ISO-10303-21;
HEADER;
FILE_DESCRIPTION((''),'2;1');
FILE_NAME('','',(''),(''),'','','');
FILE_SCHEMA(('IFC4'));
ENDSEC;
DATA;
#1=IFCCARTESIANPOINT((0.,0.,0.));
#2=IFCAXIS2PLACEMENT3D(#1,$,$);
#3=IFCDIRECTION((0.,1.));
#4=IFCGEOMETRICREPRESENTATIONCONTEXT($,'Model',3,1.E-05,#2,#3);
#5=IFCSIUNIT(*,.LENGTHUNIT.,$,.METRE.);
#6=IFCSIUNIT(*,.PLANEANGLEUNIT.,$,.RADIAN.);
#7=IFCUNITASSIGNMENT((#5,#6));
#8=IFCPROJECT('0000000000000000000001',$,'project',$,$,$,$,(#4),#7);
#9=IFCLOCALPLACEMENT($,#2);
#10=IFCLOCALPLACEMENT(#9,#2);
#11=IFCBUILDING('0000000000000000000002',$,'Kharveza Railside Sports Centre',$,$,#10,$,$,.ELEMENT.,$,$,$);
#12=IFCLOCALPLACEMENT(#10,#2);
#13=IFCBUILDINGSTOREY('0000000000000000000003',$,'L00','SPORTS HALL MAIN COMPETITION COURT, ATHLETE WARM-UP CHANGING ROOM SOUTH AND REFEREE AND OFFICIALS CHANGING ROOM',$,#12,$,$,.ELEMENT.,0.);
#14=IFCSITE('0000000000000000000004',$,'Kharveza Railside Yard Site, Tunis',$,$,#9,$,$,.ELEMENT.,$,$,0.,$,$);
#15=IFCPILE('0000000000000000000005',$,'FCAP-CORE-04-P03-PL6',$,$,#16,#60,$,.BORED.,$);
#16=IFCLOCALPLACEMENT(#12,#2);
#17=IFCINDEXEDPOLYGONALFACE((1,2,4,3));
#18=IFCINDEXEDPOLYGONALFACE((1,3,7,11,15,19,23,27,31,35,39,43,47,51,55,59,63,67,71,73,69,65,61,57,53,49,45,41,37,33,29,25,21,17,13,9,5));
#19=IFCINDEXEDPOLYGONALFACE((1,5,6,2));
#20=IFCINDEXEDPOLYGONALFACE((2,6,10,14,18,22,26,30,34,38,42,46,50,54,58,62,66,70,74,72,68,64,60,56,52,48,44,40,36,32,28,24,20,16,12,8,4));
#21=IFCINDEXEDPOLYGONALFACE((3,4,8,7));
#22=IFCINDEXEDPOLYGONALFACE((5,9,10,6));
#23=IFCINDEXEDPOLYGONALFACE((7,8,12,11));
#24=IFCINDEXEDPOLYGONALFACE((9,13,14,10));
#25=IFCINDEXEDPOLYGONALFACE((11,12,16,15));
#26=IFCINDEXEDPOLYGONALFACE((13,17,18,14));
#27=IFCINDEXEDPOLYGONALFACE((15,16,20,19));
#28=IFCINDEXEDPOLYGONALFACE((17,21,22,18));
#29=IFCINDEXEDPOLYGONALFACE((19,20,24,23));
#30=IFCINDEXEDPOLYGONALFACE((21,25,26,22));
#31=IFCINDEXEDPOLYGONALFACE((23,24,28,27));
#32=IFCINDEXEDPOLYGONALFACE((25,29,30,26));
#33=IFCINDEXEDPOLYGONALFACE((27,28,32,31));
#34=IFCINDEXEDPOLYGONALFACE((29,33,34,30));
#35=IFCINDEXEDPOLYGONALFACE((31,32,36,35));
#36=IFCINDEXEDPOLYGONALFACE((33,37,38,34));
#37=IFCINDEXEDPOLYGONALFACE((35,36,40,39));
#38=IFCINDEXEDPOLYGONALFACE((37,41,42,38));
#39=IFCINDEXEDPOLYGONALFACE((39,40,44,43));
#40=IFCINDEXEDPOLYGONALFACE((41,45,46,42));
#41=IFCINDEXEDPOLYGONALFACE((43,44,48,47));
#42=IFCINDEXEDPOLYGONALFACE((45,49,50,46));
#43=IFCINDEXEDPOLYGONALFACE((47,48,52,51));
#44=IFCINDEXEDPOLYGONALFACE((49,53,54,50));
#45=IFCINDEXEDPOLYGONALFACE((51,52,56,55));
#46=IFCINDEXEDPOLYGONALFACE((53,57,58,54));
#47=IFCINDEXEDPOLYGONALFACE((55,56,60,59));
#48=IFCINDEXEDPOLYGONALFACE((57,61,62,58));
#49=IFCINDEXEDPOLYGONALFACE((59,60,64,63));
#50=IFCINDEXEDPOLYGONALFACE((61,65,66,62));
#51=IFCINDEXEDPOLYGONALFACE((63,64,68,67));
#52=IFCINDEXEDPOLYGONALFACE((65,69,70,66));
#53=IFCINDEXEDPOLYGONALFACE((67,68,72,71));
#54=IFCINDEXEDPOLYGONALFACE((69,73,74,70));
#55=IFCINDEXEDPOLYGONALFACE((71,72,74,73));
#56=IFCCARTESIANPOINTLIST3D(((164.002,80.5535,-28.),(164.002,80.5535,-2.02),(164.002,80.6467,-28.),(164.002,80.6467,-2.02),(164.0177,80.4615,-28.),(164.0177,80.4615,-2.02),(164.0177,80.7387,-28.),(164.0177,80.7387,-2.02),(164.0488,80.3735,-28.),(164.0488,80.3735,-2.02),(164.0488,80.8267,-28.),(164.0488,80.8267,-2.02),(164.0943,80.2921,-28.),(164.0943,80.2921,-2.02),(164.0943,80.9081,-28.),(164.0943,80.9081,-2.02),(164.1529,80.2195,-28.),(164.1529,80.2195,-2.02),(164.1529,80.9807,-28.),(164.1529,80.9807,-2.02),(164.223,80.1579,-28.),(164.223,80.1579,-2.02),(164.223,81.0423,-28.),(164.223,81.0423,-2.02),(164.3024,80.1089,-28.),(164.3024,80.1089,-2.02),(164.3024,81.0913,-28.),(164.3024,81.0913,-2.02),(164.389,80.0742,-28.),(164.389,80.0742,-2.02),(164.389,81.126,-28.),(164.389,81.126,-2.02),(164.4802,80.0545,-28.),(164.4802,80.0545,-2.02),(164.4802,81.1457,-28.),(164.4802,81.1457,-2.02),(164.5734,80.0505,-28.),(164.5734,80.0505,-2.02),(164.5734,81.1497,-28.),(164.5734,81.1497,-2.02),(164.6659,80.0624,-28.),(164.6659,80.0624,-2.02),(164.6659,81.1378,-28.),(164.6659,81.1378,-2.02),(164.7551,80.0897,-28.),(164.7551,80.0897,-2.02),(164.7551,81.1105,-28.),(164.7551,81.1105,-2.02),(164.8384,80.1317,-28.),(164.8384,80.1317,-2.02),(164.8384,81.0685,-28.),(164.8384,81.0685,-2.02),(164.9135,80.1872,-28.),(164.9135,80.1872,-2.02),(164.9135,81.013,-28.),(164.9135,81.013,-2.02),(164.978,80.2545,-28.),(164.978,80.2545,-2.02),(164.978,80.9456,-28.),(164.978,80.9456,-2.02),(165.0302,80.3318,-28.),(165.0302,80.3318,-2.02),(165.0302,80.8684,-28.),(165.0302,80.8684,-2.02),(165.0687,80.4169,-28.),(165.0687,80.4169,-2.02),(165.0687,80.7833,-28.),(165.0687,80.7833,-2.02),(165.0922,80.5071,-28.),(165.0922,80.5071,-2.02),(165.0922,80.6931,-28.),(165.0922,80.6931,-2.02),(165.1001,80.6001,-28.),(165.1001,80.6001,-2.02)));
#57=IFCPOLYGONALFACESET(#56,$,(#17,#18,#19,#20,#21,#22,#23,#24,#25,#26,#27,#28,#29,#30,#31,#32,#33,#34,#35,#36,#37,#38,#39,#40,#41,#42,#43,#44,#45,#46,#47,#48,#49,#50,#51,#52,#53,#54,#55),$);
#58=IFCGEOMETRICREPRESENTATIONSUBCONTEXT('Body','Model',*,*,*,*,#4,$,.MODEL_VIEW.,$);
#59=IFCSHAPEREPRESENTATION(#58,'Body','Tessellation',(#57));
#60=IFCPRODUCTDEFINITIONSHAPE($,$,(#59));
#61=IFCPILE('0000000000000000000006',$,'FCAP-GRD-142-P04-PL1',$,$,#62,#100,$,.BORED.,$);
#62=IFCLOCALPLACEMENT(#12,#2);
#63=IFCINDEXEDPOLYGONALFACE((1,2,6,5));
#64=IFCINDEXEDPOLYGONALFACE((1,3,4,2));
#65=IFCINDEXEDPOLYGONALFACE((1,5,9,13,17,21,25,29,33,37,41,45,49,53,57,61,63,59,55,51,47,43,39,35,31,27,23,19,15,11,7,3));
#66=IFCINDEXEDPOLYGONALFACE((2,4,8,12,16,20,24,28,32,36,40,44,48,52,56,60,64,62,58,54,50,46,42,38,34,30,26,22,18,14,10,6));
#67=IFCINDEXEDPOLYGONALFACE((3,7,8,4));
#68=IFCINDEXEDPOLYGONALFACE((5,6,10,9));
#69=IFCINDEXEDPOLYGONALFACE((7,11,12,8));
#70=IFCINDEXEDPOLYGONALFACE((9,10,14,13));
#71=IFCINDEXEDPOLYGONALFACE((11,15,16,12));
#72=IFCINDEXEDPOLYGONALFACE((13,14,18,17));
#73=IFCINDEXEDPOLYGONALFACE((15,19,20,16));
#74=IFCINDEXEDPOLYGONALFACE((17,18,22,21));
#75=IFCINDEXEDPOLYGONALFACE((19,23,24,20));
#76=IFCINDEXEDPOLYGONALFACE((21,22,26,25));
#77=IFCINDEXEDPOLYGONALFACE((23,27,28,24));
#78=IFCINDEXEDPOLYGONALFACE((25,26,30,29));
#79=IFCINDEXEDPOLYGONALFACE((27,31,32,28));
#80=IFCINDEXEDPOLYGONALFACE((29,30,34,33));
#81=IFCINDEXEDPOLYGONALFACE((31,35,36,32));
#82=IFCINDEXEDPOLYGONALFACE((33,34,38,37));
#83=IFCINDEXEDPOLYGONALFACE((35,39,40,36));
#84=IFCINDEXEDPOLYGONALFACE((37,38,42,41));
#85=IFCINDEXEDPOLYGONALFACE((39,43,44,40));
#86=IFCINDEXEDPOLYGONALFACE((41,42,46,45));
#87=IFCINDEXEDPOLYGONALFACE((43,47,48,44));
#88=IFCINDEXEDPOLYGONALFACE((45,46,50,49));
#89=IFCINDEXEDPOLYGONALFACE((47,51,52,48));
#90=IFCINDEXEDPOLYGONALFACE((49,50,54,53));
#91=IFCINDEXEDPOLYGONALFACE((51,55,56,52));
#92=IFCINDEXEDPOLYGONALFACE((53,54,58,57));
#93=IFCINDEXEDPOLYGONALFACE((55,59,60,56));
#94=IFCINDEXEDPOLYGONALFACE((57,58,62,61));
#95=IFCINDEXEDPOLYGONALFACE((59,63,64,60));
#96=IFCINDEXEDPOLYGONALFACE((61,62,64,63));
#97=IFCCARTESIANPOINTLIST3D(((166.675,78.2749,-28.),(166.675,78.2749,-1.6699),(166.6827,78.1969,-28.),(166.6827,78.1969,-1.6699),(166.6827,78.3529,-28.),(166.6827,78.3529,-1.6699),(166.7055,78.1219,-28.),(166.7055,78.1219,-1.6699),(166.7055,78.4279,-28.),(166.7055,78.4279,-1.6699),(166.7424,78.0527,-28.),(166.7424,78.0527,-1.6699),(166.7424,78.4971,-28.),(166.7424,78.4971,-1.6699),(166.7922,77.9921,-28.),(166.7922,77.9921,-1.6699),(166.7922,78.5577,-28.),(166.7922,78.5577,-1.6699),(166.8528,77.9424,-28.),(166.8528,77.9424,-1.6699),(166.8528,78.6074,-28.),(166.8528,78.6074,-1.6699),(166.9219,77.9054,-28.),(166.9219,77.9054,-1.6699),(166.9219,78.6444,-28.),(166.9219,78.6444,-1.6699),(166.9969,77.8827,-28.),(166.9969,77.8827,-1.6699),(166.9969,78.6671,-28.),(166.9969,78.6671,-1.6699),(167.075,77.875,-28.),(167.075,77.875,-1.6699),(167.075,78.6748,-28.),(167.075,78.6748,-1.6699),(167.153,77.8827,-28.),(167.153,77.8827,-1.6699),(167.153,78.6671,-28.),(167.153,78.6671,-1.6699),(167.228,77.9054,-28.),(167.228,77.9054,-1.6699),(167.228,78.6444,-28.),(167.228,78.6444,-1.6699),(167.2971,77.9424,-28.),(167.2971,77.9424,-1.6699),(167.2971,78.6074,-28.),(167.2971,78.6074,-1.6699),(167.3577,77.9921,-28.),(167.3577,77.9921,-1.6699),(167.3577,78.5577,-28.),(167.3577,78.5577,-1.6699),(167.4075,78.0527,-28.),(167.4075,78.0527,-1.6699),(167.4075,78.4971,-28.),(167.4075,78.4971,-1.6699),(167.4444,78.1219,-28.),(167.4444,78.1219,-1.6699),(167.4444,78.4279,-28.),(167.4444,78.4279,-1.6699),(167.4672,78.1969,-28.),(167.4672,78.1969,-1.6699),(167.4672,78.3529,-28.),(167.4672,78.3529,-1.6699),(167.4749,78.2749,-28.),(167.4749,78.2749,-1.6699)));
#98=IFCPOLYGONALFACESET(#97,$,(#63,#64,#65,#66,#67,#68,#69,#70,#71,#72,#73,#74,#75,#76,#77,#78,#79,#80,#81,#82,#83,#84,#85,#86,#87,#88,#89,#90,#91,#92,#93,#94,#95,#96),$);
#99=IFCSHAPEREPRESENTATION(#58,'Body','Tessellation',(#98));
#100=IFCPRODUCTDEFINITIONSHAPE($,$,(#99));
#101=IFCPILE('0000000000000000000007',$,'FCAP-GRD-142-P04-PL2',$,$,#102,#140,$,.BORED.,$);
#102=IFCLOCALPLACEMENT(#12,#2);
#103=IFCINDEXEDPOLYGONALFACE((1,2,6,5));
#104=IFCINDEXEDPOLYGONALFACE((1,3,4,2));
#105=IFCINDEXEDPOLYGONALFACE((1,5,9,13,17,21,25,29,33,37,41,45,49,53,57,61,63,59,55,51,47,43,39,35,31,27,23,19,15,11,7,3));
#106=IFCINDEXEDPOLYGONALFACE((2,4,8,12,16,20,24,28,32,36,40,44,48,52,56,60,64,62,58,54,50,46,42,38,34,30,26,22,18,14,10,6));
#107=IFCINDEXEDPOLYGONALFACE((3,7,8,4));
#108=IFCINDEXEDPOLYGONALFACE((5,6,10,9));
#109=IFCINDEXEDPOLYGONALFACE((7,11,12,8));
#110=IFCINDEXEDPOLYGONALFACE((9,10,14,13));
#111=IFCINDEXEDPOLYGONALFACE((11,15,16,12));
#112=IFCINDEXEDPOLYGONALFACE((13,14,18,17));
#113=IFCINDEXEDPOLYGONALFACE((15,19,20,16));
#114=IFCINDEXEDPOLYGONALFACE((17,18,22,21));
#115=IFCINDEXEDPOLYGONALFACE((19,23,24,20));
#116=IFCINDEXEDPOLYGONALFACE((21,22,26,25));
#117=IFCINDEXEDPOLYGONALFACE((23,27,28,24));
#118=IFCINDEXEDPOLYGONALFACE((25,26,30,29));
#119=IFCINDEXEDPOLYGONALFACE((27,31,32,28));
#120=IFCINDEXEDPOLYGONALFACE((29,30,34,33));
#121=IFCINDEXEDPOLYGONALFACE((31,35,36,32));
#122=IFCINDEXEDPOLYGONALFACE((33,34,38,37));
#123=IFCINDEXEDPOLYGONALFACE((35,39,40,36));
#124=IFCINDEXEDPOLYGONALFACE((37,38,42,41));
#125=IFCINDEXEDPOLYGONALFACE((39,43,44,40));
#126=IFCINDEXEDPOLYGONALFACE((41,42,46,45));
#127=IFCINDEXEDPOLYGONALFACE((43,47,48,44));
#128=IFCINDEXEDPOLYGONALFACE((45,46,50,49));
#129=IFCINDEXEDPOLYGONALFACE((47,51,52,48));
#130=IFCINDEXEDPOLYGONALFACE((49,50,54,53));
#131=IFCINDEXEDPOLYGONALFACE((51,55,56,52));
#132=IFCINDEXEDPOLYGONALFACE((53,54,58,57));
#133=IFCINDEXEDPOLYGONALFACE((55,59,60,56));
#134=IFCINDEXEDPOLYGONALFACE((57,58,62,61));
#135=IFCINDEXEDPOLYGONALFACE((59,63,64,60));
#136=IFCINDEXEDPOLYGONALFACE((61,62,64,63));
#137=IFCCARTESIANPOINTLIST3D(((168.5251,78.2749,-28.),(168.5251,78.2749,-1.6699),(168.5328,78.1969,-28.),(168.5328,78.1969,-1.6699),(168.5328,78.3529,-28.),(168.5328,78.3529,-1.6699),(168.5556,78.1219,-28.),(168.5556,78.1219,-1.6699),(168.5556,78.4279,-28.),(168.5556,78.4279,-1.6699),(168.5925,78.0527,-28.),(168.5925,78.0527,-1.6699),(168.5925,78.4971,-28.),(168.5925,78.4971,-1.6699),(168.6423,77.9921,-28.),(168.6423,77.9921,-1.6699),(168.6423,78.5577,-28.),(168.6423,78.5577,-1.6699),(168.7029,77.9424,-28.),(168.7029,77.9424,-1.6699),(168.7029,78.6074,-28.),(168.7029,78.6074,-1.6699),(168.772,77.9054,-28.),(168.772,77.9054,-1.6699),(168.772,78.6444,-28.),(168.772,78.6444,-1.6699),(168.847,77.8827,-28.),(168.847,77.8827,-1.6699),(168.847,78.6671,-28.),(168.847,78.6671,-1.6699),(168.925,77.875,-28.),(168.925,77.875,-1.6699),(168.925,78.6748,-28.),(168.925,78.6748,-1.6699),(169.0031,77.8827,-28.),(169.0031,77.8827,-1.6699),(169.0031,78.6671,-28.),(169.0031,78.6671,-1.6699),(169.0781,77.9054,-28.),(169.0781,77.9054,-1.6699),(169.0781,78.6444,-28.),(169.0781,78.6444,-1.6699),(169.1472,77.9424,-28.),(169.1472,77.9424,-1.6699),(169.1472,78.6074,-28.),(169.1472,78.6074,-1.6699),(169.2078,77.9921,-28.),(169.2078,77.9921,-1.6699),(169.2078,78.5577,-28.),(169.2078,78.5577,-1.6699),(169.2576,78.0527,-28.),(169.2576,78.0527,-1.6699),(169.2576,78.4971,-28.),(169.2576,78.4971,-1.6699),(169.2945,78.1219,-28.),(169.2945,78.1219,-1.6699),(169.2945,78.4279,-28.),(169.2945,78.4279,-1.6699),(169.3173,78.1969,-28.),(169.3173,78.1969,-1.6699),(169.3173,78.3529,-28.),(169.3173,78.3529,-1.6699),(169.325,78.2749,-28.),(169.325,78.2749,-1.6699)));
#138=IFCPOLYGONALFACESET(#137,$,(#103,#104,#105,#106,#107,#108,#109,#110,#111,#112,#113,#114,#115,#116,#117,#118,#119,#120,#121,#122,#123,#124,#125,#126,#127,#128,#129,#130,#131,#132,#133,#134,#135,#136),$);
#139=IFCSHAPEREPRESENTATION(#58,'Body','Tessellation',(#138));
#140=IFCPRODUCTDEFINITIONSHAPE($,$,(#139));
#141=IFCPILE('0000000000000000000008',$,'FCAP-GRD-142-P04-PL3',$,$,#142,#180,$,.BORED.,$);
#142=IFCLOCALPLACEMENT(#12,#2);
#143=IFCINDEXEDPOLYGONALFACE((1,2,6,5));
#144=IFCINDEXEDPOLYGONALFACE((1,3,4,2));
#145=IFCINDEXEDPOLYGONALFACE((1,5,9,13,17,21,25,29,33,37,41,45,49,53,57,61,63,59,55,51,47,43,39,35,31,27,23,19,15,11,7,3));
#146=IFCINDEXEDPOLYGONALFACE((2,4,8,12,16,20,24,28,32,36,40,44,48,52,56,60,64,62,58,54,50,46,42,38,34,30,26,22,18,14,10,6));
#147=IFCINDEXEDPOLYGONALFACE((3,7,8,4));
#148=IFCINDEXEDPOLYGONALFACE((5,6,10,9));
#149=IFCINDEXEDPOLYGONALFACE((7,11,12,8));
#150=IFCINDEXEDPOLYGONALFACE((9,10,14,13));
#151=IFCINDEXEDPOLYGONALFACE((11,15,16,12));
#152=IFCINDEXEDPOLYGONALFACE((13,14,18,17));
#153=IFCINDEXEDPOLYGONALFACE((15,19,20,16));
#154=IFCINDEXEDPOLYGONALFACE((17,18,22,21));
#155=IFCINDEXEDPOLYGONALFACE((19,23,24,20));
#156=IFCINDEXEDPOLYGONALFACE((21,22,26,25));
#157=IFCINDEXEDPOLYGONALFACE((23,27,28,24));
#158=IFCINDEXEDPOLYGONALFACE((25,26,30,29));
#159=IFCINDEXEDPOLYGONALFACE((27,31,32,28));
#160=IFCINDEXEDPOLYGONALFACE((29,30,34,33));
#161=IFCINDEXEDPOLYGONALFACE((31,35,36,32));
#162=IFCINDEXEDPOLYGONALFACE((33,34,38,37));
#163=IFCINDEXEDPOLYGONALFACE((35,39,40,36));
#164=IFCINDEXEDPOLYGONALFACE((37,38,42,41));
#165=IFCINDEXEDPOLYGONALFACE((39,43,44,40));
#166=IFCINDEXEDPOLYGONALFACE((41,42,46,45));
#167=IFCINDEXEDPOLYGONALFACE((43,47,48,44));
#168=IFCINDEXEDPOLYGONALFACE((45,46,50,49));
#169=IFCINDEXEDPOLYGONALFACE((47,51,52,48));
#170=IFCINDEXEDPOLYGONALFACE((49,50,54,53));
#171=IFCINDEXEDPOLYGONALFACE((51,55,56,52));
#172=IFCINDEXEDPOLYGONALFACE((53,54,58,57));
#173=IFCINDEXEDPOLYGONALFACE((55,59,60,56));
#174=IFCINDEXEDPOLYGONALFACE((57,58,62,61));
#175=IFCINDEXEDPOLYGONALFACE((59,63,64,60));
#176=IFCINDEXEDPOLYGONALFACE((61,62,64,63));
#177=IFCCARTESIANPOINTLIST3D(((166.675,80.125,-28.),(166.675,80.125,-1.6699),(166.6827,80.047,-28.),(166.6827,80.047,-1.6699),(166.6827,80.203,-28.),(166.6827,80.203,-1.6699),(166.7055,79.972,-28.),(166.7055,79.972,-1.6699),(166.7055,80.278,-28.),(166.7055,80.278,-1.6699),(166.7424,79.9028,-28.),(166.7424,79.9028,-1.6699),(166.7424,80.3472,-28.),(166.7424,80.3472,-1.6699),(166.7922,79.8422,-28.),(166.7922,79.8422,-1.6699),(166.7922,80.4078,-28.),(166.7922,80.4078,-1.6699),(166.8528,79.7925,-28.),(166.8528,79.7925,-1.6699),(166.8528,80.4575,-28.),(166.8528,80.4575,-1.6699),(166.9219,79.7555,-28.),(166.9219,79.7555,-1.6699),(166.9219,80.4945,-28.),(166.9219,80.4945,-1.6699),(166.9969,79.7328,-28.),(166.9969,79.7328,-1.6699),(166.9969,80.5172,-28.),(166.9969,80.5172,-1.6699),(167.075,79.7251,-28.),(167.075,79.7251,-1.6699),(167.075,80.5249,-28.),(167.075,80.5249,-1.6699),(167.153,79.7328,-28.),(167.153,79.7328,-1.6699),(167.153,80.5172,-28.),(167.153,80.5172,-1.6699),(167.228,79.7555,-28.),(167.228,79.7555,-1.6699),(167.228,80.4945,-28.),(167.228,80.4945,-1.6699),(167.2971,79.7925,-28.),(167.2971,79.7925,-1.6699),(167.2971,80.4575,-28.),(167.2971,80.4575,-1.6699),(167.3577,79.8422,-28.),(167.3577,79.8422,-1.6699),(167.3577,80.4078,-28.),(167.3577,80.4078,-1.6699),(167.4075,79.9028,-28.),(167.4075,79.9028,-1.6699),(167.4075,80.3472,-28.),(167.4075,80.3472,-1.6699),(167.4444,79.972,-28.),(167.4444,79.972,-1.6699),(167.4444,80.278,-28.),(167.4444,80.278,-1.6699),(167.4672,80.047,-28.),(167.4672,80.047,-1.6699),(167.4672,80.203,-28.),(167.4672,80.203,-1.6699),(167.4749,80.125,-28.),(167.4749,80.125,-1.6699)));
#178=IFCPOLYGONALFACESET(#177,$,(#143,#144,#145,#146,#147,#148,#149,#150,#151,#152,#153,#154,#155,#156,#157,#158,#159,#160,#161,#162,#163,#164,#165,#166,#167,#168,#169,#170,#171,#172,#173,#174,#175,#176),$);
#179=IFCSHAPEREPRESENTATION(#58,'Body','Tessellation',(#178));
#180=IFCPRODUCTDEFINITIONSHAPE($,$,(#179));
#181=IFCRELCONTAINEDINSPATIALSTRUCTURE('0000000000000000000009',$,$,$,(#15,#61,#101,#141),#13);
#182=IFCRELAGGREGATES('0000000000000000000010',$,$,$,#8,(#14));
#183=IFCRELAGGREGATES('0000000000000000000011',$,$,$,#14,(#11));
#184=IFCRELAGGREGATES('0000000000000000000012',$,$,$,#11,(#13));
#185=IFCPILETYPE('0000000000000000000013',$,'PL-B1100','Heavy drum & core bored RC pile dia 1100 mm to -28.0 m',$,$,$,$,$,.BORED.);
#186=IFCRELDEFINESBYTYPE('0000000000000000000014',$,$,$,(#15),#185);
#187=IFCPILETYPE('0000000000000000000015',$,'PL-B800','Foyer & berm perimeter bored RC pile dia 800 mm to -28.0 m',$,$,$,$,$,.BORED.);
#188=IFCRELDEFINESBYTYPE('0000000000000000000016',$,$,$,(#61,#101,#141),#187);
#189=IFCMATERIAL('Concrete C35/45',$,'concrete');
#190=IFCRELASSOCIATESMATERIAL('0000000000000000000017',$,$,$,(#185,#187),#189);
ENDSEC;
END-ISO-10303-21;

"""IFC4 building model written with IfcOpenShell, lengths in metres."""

from ifc_helpers import new_model, si_unit, direction, frame, origin, origin_2d, place, context, subcontext, project, spatial, circle, extrude, material, material_profile, profile_set, type_object, element, save


model = new_model("IFC4")

# Units and contexts
model_context = context("Model", 3, precision=1e-05, world=origin(), true_north=direction((0.0, 1.0)))
body_context = subcontext(model_context, "Body", "Model", "MODEL_VIEW")
ifc_project = project(units=[si_unit("LENGTHUNIT", "METRE"), si_unit("PLANEANGLEUNIT", "RADIAN")], contexts=[model_context])

# Site, building, storey
site_placement = place(None, origin())
site = spatial("IfcSite", under=ifc_project, at=site_placement, Name="Kharveza Railside Yard Site, Tunis", CompositionType="ELEMENT", RefElevation=0.0)
building_placement = place(site_placement, origin())
building = spatial("IfcBuilding", under=site, at=building_placement, Name="Kharveza Railside Sports Centre", CompositionType="ELEMENT")
storey_placement = place(building_placement, origin())
storey = spatial("IfcBuildingStorey", under=building, at=storey_placement, Name="L00", Description="SPORTS HALL MAIN COMPETITION COURT, ATHLETE WARM-UP CHANGING ROOM SOUTH AND REFEREE AND OFFICIALS CHANGING ROOM", CompositionType="ELEMENT", Elevation=0.0)

# Shared definitions
ifc_material_1 = material(Name="Concrete C35/45", Category="concrete")

# Piles
ifc_material_profile_1 = material_profile(ifc_material_1, circle(Radius=0.55, at=origin_2d()), Name="PILE D1100")
ifc_profile_set_1 = profile_set([ifc_material_profile_1], Name="Concrete C35/45")
pile_type_1 = type_object("IfcPileType", Name="PL-B1100", Description="Heavy drum & core bored RC pile dia 1100 mm to -28.0 m", PredefinedType="BORED", material=ifc_profile_set_1)
for number, where, z_axis, x_axis, name in (
    (1, (164.55, 80.6001, -2.02), (0.0, 0.0, -1.0), (1.0, 0.0, 0.0), "FCAP-CORE-04-P03-PL6"),
):
    element("IfcPile", number, at=place(storey_placement, frame(where, z_axis=z_axis, x_axis=x_axis)), inside=storey, type_object=pile_type_1, Name=name, PredefinedType="BORED", context=body_context, shape_type="SweptSolid", body=[
        extrude(circle(Radius=0.55, at=origin_2d()), origin(), (0.0, 0.0, 1.0), 25.98),
    ])
ifc_material_profile_2 = material_profile(ifc_material_1, circle(Radius=0.3999, at=origin_2d()), Name="PILE D800")
ifc_profile_set_2 = profile_set([ifc_material_profile_2], Name="Concrete C35/45")
pile_type_2 = type_object("IfcPileType", Name="PL-B800", Description="Foyer & berm perimeter bored RC pile dia 800 mm to -28.0 m", PredefinedType="BORED", material=ifc_profile_set_2)
for number, where, z_axis, x_axis, name in (
    (2, (167.075, 78.2749, -1.6699), (0.0, 0.0, -1.0), (1.0, 0.0, 0.0), "FCAP-GRD-142-P04-PL1"),
    (3, (168.925, 78.2749, -1.6699), (0.0, 0.0, -1.0), (1.0, 0.0, 0.0), "FCAP-GRD-142-P04-PL2"),
    (4, (167.075, 80.125, -1.6699), (0.0, 0.0, -1.0), (1.0, 0.0, 0.0), "FCAP-GRD-142-P04-PL3"),
):
    element("IfcPile", number, at=place(storey_placement, frame(where, z_axis=z_axis, x_axis=x_axis)), inside=storey, type_object=pile_type_2, Name=name, PredefinedType="BORED", context=body_context, shape_type="SweptSolid", body=[
        extrude(circle(Radius=0.3999, at=origin_2d()), origin(), (0.0, 0.0, 1.0), 26.3301),
    ])

save(model, "model.ifc")
